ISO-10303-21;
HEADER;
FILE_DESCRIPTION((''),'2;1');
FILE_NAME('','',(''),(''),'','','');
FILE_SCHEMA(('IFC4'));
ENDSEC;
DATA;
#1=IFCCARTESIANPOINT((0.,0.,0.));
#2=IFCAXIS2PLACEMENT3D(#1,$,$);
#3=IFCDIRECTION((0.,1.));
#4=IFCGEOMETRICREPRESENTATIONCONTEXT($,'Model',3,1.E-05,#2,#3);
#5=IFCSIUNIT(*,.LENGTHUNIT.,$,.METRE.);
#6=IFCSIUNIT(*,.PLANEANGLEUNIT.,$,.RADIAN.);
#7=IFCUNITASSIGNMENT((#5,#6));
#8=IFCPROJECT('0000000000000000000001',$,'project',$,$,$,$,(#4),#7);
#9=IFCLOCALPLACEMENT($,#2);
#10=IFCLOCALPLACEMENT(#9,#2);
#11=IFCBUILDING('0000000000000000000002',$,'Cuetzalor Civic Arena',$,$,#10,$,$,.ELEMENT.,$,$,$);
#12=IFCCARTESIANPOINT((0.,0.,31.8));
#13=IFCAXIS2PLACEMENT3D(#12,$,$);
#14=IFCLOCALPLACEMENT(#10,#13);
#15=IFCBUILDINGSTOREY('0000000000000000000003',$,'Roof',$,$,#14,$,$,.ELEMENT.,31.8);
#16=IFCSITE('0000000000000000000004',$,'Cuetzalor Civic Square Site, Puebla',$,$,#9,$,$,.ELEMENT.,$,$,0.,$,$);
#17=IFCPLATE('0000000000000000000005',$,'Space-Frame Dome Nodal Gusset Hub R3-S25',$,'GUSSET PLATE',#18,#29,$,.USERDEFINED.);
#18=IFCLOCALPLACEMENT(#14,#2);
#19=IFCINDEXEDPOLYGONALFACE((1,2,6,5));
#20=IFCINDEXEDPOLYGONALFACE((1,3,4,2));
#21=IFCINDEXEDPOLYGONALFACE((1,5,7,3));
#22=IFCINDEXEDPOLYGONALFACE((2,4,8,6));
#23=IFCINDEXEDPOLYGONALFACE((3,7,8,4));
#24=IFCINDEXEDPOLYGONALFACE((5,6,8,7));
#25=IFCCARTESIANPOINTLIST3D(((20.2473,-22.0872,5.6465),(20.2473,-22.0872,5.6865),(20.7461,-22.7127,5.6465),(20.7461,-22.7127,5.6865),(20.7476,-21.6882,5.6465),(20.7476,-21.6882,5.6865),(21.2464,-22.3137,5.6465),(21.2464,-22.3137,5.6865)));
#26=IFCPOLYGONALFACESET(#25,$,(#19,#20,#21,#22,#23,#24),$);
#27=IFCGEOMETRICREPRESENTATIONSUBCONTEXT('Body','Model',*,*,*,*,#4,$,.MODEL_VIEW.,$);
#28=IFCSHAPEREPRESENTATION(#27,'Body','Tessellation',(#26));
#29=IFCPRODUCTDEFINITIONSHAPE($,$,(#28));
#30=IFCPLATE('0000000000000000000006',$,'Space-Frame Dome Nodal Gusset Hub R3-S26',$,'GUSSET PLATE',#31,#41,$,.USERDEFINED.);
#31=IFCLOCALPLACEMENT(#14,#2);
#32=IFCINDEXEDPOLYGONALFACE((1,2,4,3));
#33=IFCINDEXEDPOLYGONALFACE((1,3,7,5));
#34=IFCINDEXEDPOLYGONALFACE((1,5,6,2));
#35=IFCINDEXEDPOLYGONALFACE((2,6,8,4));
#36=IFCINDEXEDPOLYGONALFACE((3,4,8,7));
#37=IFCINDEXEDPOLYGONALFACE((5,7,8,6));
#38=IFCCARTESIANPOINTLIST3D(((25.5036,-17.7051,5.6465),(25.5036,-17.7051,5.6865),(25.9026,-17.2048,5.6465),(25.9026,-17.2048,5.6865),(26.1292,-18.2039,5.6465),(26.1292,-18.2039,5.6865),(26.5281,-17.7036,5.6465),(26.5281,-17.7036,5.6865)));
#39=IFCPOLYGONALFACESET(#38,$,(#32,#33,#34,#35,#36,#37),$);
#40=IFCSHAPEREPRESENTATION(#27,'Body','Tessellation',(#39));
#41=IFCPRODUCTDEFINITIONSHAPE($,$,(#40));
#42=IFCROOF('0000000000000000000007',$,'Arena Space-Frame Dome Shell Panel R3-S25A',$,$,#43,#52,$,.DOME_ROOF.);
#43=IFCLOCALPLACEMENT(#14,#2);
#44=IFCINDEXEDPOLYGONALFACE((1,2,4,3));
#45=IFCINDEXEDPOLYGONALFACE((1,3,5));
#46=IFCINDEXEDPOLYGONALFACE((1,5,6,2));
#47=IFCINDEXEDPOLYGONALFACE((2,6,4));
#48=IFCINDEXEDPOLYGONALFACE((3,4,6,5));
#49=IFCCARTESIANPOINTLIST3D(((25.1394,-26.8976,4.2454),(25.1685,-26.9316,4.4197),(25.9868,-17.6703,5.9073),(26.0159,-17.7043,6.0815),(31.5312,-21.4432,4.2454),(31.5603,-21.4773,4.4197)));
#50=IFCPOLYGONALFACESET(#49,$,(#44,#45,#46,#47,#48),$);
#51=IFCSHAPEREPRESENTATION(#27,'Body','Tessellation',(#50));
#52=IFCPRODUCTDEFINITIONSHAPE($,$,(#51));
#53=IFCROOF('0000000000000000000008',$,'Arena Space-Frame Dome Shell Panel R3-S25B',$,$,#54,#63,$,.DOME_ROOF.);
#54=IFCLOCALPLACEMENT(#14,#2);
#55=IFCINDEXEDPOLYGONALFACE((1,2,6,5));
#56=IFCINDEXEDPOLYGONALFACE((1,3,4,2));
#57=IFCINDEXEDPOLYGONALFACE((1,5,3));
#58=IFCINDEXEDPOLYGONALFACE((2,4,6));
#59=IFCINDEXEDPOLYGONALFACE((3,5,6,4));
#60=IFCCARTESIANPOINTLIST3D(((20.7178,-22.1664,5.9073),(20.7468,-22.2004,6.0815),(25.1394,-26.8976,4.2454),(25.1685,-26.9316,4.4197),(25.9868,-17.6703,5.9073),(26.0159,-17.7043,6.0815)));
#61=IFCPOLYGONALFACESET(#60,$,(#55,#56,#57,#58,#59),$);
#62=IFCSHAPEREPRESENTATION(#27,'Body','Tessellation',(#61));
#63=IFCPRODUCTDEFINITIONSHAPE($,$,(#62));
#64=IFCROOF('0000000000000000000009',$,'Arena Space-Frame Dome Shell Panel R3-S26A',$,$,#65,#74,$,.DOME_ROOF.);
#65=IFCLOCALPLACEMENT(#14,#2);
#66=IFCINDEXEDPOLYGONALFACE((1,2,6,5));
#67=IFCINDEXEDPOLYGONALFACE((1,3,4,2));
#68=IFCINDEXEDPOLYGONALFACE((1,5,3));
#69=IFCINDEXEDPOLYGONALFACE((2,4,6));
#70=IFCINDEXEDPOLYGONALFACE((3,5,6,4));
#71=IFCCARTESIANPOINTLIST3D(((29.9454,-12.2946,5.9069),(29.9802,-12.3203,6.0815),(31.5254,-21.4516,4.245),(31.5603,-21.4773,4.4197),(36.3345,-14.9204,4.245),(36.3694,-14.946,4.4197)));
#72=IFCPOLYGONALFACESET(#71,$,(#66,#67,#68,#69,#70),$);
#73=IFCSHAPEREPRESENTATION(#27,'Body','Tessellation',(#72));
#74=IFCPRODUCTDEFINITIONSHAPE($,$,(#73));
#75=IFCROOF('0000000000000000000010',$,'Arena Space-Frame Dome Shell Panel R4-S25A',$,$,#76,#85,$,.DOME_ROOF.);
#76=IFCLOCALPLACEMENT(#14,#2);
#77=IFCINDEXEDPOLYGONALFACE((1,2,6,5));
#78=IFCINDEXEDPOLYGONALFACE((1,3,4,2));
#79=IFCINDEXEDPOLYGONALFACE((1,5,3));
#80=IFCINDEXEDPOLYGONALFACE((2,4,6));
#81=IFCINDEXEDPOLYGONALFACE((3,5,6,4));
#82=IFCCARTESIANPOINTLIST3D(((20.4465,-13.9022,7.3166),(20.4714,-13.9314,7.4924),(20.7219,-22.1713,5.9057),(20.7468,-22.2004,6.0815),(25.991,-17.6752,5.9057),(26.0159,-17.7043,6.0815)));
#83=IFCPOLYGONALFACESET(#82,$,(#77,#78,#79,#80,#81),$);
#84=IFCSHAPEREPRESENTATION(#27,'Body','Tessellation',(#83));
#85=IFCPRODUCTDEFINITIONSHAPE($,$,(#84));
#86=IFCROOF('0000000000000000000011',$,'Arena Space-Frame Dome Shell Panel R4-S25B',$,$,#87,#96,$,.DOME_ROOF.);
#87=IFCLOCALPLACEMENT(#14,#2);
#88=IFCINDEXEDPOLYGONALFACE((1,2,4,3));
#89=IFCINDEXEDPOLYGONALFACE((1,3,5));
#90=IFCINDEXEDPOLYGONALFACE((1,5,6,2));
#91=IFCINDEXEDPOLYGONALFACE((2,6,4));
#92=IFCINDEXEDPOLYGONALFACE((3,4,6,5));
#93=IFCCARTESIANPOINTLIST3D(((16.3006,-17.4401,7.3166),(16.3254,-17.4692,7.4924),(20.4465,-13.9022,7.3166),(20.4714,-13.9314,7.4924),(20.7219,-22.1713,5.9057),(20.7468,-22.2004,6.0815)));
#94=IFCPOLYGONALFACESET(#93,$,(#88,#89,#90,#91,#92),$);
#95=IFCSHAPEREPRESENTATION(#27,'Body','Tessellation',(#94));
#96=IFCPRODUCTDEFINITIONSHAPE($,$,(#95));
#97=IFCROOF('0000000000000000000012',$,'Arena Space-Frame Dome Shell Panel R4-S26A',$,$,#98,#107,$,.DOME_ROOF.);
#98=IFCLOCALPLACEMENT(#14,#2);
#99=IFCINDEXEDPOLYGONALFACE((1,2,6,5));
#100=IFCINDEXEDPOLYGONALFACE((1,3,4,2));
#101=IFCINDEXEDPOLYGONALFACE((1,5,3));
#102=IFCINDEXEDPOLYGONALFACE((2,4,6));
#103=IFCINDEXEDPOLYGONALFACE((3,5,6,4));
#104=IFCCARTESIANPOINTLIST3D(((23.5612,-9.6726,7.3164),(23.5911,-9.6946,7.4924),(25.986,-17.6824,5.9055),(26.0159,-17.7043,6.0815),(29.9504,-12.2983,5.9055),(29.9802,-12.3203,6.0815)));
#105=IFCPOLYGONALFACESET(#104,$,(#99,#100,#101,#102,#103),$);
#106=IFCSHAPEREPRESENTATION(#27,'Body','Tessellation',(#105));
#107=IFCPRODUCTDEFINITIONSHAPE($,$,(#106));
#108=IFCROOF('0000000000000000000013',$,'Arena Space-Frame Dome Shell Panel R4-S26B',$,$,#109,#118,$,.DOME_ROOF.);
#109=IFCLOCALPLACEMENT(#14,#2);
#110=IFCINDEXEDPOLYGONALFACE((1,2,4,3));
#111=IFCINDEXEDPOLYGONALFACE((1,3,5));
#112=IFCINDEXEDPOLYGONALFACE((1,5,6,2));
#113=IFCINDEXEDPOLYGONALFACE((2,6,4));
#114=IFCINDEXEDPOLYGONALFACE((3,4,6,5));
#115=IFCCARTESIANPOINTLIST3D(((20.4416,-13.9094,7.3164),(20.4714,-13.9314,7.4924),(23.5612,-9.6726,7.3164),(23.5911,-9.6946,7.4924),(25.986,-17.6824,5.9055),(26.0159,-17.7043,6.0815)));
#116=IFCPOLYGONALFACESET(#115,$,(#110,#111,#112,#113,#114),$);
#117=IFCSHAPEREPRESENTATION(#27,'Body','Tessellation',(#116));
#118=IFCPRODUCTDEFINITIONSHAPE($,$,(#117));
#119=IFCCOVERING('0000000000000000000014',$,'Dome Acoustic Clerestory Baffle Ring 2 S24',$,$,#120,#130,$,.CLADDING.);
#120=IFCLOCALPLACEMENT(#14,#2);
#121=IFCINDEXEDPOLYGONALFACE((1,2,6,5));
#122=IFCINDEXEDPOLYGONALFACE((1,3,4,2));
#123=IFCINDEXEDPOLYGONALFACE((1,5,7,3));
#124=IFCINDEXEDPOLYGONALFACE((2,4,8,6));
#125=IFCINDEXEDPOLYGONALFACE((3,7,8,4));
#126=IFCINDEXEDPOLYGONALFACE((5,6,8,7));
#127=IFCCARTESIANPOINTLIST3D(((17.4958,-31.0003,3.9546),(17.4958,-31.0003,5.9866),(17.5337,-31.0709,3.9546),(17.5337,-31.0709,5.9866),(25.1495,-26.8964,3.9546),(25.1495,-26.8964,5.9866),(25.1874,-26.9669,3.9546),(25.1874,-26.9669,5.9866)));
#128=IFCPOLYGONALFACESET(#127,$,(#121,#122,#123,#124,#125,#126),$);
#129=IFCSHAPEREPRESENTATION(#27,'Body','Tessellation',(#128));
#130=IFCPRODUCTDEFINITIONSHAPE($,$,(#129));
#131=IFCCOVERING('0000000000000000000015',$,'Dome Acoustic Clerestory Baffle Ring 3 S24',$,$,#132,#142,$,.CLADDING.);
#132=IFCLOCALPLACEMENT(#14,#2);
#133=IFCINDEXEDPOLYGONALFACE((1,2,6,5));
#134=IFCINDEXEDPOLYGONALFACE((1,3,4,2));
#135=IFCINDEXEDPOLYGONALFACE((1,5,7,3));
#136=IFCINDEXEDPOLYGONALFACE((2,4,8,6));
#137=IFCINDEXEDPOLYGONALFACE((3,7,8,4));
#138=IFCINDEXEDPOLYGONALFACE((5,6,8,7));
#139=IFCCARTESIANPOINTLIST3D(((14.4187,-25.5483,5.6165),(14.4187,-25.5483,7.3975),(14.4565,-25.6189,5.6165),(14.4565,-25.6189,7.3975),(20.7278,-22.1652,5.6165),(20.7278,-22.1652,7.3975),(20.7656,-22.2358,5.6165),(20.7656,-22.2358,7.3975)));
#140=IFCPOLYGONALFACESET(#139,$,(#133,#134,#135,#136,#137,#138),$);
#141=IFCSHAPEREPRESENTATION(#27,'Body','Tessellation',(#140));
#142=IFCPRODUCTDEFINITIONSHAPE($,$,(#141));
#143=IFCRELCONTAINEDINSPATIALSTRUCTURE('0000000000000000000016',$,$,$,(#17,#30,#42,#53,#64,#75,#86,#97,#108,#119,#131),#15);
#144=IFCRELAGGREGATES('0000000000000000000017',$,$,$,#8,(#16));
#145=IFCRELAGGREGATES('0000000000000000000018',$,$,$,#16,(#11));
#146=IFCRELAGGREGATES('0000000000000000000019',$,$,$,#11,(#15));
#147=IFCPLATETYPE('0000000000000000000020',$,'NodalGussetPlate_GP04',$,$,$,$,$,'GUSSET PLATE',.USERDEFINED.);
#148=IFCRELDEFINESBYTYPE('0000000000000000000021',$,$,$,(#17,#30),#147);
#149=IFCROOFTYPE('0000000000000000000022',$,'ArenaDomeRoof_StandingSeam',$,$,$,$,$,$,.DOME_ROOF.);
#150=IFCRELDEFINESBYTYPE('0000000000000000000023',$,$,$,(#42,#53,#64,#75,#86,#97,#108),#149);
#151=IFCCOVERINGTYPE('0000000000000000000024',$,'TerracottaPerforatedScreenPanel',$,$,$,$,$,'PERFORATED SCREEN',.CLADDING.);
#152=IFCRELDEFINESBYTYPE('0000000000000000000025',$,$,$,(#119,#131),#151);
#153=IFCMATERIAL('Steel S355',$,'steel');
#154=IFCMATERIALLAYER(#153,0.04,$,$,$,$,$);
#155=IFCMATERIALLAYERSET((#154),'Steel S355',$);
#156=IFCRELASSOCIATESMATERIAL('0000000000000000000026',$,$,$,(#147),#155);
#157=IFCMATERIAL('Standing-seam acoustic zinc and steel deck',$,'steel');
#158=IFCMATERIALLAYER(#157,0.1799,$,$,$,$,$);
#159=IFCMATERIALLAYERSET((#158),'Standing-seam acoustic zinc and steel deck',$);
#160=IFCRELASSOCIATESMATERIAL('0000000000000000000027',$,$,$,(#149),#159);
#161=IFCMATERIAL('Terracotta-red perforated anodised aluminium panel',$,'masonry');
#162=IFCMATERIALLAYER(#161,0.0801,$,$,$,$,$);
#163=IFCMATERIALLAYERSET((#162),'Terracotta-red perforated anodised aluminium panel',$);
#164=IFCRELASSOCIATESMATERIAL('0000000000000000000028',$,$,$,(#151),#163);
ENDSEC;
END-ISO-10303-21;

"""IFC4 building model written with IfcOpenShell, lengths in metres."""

from ifc_helpers import new_model, si_unit, direction, frame, frame_2d, origin, origin_2d, place, context, subcontext, project, spatial, polyline, rectangle, outline, extrude, material, layer, layer_set, type_object, element, save


model = new_model("IFC4")

# Units and contexts
model_context = context("Model", 3, precision=1e-05, world=origin(), true_north=direction((0.0, 1.0)))
body_context = subcontext(model_context, "Body", "Model", "MODEL_VIEW")
ifc_project = project(units=[si_unit("LENGTHUNIT", "METRE"), si_unit("PLANEANGLEUNIT", "RADIAN")], contexts=[model_context])

# Site, building, storey
site_placement = place(None, origin())
site = spatial("IfcSite", under=ifc_project, at=site_placement, Name="Cuetzalor Civic Square Site, Puebla", CompositionType="ELEMENT", RefElevation=0.0)
building_placement = place(site_placement, origin())
building = spatial("IfcBuilding", under=site, at=building_placement, Name="Cuetzalor Civic Arena", CompositionType="ELEMENT")
storey_placement = place(building_placement, frame((0.0, 0.0, 31.8)))
storey = spatial("IfcBuildingStorey", under=building, at=storey_placement, Name="Roof", CompositionType="ELEMENT", Elevation=31.8)

# Plates
ifc_material_1 = material(Name="Steel S355", Category="steel")
ifc_layer_1 = layer(ifc_material_1, 0.04)
ifc_layer_set_1 = layer_set([ifc_layer_1], Name="Steel S355")
plate_type_1 = type_object("IfcPlateType", Name="NodalGussetPlate_GP04", ElementType="GUSSET PLATE", PredefinedType="USERDEFINED", material=ifc_layer_set_1)
for number, where, z_axis, x_axis, name in (
    (1, (20.7468, -22.2004, 5.6465), (0.0, 0.0, 1.0), (0.62347, -0.781847, 0.0), "Space-Frame Dome Nodal Gusset Hub R3-S25"),
    (2, (26.0159, -17.7043, 5.6465), (0.0, 0.0, 1.0), (0.781847, -0.62347, 0.0), "Space-Frame Dome Nodal Gusset Hub R3-S26"),
):
    element("IfcPlate", number, at=place(storey_placement, frame(where, z_axis=z_axis, x_axis=x_axis)), inside=storey, type_object=plate_type_1, Name=name, ObjectType="GUSSET PLATE", PredefinedType="USERDEFINED", context=body_context, shape_type="SweptSolid", body=[
        extrude(rectangle(XDim=0.8, YDim=0.6399, at=origin_2d()), origin(), (0.0, 0.0, 1.0), 0.04),
    ])

# Roofs
ifc_material_2 = material(Name="Standing-seam acoustic zinc and steel deck", Category="steel")
ifc_layer_2 = layer(ifc_material_2, 0.1799)
ifc_layer_set_2 = layer_set([ifc_layer_2], Name="Standing-seam acoustic zinc and steel deck")
roof_type = type_object("IfcRoofType", Name="ArenaDomeRoof_StandingSeam", PredefinedType="DOME_ROOF", material=ifc_layer_set_2)
roof_1_placement = place(storey_placement, frame((25.1685, -26.9316, 4.4197), z_axis=(0.161511, -0.189272, 0.968551), x_axis=(0.760688, 0.649117, 0.0)))
element("IfcRoof", 3, at=roof_1_placement, inside=storey, type_object=roof_type, Name="Arena Space-Frame Dome Shell Panel R3-S25A", PredefinedType="DOME_ROOF", context=body_context, shape_type="SweptSolid", body=[
    extrude(outline(polyline([(0.0, 0.0), (8.4027, 0.0), (6.6342, 6.6791), (0.0, 0.0)])), origin(), (0.0, 0.0, -1.0), 0.1799),
])
roof_2_placement = place(storey_placement, frame((25.1685, -26.9316, 4.4197), z_axis=(0.161506, -0.189272, 0.968552), x_axis=(0.090016, 0.98017, 0.176532)))
element("IfcRoof", 4, at=roof_2_placement, inside=storey, type_object=roof_type, Name="Arena Space-Frame Dome Shell Panel R3-S25B", PredefinedType="DOME_ROOF", context=body_context, shape_type="SweptSolid", body=[
    extrude(outline(polyline([(0.0, 0.0), (9.414, 0.0), (4.5327, 4.9144), (0.0, 0.0)])), origin(), (0.0, 0.0, -1.0), 0.1799),
])
roof_3_placement = place(storey_placement, frame((31.5603, -21.4773, 4.4197), z_axis=(0.193813, -0.142708, 0.970604), x_axis=(0.592926, 0.805257, 0.0)))
element("IfcRoof", 5, at=roof_3_placement, inside=storey, type_object=roof_type, Name="Arena Space-Frame Dome Shell Panel R3-S26A", PredefinedType="DOME_ROOF", context=body_context, shape_type="SweptSolid", body=[
    extrude(outline(polyline([(0.0, 0.0), (8.1108, 0.0), (6.4369, 6.9048), (0.0, 0.0)])), origin(), (0.0, 0.0, -1.0), 0.1799),
])
roof_4_placement = place(storey_placement, frame((20.7468, -22.2004, 6.0815), z_axis=(0.138319, -0.162098, 0.977032), x_axis=(0.760698, 0.649106, 0.0)))
element("IfcRoof", 6, at=roof_4_placement, inside=storey, type_object=roof_type, Name="Arena Space-Frame Dome Shell Panel R4-S25A", PredefinedType="DOME_ROOF", context=body_context, shape_type="SweptSolid", body=[
    extrude(outline(polyline([(0.0, 0.0), (6.9266, 0.0), (5.158, 6.6211), (0.0, 0.0)])), origin(), (0.0, 0.0, -1.0), 0.1799),
])
roof_5_placement = place(storey_placement, frame((20.7468, -22.2004, 6.0815), z_axis=(0.13832, -0.162098, 0.977032), x_axis=(-0.032812, 0.985223, 0.168102)))
element("IfcRoof", 7, at=roof_5_placement, inside=storey, type_object=roof_type, Name="Arena Space-Frame Dome Shell Panel R4-S25B", PredefinedType="DOME_ROOF", context=body_context, shape_type="SweptSolid", body=[
    extrude(outline(polyline([(0.0, 0.0), (8.3931, 0.0), (5.0435, 4.2996), (0.0, 0.0)])), origin(), (0.0, 0.0, -1.0), 0.1799),
])
roof_6_placement = place(storey_placement, frame((26.0159, -17.7043, 6.0815), z_axis=(0.16589, -0.122148, 0.97855), x_axis=(0.592925, 0.805258, 0.0)))
element("IfcRoof", 8, at=roof_6_placement, inside=storey, type_object=roof_type, Name="Arena Space-Frame Dome Shell Panel R4-S26A", PredefinedType="DOME_ROOF", context=body_context, shape_type="SweptSolid", body=[
    extrude(outline(polyline([(0.0, 0.0), (6.6861, 0.0), (5.0122, 6.8487), (0.0, 0.0)])), origin(), (0.0, 0.0, -1.0), 0.1799),
])
roof_7_placement = place(storey_placement, frame((26.0159, -17.7043, 6.0815), z_axis=(0.16589, -0.122148, 0.97855), x_axis=(-0.285713, 0.943785, 0.166244)))
element("IfcRoof", 9, at=roof_7_placement, inside=storey, type_object=roof_type, Name="Arena Space-Frame Dome Shell Panel R4-S26B", PredefinedType="DOME_ROOF", context=body_context, shape_type="SweptSolid", body=[
    extrude(outline(polyline([(0.0, 0.0), (8.4869, 0.0), (5.3795, 4.2458), (0.0, 0.0)])), origin(), (0.0, 0.0, -1.0), 0.1799),
])

# Coverings
ifc_material_3 = material(Name="Terracotta-red perforated anodised aluminium panel", Category="masonry")
ifc_layer_3 = layer(ifc_material_3, 0.0801)
ifc_layer_set_3 = layer_set([ifc_layer_3], Name="Terracotta-red perforated anodised aluminium panel")
covering_type = type_object("IfcCoveringType", Name="TerracottaPerforatedScreenPanel", ElementType="PERFORATED SCREEN", PredefinedType="CLADDING", material=ifc_layer_set_3)
covering_1_placement = place(storey_placement, frame((25.1685, -26.9316, 3.9546), z_axis=(0.0, 0.0, 1.0), x_axis=(-0.8813, -0.472557, 0.0)))
element("IfcCovering", 10, at=covering_1_placement, inside=storey, type_object=covering_type, Name="Dome Acoustic Clerestory Baffle Ring 2 S24", PredefinedType="CLADDING", context=body_context, shape_type="SweptSolid", body=[
    extrude(rectangle(XDim=8.6846, YDim=0.0801, at=frame_2d((4.3423, 0.0))), origin(), (0.0, 0.0, 1.0), 2.032),
])
covering_2_placement = place(storey_placement, frame((20.7468, -22.2004, 5.6165), z_axis=(0.0, 0.0, 1.0), x_axis=(-0.881294, -0.472568, 0.0)))
element("IfcCovering", 11, at=covering_2_placement, inside=storey, type_object=covering_type, Name="Dome Acoustic Clerestory Baffle Ring 3 S24", PredefinedType="CLADDING", context=body_context, shape_type="SweptSolid", body=[
    extrude(rectangle(XDim=7.1589, YDim=0.0801, at=frame_2d((3.5796, 0.0))), origin(), (0.0, 0.0, 1.0), 1.781),
])

save(model, "model.ifc")
